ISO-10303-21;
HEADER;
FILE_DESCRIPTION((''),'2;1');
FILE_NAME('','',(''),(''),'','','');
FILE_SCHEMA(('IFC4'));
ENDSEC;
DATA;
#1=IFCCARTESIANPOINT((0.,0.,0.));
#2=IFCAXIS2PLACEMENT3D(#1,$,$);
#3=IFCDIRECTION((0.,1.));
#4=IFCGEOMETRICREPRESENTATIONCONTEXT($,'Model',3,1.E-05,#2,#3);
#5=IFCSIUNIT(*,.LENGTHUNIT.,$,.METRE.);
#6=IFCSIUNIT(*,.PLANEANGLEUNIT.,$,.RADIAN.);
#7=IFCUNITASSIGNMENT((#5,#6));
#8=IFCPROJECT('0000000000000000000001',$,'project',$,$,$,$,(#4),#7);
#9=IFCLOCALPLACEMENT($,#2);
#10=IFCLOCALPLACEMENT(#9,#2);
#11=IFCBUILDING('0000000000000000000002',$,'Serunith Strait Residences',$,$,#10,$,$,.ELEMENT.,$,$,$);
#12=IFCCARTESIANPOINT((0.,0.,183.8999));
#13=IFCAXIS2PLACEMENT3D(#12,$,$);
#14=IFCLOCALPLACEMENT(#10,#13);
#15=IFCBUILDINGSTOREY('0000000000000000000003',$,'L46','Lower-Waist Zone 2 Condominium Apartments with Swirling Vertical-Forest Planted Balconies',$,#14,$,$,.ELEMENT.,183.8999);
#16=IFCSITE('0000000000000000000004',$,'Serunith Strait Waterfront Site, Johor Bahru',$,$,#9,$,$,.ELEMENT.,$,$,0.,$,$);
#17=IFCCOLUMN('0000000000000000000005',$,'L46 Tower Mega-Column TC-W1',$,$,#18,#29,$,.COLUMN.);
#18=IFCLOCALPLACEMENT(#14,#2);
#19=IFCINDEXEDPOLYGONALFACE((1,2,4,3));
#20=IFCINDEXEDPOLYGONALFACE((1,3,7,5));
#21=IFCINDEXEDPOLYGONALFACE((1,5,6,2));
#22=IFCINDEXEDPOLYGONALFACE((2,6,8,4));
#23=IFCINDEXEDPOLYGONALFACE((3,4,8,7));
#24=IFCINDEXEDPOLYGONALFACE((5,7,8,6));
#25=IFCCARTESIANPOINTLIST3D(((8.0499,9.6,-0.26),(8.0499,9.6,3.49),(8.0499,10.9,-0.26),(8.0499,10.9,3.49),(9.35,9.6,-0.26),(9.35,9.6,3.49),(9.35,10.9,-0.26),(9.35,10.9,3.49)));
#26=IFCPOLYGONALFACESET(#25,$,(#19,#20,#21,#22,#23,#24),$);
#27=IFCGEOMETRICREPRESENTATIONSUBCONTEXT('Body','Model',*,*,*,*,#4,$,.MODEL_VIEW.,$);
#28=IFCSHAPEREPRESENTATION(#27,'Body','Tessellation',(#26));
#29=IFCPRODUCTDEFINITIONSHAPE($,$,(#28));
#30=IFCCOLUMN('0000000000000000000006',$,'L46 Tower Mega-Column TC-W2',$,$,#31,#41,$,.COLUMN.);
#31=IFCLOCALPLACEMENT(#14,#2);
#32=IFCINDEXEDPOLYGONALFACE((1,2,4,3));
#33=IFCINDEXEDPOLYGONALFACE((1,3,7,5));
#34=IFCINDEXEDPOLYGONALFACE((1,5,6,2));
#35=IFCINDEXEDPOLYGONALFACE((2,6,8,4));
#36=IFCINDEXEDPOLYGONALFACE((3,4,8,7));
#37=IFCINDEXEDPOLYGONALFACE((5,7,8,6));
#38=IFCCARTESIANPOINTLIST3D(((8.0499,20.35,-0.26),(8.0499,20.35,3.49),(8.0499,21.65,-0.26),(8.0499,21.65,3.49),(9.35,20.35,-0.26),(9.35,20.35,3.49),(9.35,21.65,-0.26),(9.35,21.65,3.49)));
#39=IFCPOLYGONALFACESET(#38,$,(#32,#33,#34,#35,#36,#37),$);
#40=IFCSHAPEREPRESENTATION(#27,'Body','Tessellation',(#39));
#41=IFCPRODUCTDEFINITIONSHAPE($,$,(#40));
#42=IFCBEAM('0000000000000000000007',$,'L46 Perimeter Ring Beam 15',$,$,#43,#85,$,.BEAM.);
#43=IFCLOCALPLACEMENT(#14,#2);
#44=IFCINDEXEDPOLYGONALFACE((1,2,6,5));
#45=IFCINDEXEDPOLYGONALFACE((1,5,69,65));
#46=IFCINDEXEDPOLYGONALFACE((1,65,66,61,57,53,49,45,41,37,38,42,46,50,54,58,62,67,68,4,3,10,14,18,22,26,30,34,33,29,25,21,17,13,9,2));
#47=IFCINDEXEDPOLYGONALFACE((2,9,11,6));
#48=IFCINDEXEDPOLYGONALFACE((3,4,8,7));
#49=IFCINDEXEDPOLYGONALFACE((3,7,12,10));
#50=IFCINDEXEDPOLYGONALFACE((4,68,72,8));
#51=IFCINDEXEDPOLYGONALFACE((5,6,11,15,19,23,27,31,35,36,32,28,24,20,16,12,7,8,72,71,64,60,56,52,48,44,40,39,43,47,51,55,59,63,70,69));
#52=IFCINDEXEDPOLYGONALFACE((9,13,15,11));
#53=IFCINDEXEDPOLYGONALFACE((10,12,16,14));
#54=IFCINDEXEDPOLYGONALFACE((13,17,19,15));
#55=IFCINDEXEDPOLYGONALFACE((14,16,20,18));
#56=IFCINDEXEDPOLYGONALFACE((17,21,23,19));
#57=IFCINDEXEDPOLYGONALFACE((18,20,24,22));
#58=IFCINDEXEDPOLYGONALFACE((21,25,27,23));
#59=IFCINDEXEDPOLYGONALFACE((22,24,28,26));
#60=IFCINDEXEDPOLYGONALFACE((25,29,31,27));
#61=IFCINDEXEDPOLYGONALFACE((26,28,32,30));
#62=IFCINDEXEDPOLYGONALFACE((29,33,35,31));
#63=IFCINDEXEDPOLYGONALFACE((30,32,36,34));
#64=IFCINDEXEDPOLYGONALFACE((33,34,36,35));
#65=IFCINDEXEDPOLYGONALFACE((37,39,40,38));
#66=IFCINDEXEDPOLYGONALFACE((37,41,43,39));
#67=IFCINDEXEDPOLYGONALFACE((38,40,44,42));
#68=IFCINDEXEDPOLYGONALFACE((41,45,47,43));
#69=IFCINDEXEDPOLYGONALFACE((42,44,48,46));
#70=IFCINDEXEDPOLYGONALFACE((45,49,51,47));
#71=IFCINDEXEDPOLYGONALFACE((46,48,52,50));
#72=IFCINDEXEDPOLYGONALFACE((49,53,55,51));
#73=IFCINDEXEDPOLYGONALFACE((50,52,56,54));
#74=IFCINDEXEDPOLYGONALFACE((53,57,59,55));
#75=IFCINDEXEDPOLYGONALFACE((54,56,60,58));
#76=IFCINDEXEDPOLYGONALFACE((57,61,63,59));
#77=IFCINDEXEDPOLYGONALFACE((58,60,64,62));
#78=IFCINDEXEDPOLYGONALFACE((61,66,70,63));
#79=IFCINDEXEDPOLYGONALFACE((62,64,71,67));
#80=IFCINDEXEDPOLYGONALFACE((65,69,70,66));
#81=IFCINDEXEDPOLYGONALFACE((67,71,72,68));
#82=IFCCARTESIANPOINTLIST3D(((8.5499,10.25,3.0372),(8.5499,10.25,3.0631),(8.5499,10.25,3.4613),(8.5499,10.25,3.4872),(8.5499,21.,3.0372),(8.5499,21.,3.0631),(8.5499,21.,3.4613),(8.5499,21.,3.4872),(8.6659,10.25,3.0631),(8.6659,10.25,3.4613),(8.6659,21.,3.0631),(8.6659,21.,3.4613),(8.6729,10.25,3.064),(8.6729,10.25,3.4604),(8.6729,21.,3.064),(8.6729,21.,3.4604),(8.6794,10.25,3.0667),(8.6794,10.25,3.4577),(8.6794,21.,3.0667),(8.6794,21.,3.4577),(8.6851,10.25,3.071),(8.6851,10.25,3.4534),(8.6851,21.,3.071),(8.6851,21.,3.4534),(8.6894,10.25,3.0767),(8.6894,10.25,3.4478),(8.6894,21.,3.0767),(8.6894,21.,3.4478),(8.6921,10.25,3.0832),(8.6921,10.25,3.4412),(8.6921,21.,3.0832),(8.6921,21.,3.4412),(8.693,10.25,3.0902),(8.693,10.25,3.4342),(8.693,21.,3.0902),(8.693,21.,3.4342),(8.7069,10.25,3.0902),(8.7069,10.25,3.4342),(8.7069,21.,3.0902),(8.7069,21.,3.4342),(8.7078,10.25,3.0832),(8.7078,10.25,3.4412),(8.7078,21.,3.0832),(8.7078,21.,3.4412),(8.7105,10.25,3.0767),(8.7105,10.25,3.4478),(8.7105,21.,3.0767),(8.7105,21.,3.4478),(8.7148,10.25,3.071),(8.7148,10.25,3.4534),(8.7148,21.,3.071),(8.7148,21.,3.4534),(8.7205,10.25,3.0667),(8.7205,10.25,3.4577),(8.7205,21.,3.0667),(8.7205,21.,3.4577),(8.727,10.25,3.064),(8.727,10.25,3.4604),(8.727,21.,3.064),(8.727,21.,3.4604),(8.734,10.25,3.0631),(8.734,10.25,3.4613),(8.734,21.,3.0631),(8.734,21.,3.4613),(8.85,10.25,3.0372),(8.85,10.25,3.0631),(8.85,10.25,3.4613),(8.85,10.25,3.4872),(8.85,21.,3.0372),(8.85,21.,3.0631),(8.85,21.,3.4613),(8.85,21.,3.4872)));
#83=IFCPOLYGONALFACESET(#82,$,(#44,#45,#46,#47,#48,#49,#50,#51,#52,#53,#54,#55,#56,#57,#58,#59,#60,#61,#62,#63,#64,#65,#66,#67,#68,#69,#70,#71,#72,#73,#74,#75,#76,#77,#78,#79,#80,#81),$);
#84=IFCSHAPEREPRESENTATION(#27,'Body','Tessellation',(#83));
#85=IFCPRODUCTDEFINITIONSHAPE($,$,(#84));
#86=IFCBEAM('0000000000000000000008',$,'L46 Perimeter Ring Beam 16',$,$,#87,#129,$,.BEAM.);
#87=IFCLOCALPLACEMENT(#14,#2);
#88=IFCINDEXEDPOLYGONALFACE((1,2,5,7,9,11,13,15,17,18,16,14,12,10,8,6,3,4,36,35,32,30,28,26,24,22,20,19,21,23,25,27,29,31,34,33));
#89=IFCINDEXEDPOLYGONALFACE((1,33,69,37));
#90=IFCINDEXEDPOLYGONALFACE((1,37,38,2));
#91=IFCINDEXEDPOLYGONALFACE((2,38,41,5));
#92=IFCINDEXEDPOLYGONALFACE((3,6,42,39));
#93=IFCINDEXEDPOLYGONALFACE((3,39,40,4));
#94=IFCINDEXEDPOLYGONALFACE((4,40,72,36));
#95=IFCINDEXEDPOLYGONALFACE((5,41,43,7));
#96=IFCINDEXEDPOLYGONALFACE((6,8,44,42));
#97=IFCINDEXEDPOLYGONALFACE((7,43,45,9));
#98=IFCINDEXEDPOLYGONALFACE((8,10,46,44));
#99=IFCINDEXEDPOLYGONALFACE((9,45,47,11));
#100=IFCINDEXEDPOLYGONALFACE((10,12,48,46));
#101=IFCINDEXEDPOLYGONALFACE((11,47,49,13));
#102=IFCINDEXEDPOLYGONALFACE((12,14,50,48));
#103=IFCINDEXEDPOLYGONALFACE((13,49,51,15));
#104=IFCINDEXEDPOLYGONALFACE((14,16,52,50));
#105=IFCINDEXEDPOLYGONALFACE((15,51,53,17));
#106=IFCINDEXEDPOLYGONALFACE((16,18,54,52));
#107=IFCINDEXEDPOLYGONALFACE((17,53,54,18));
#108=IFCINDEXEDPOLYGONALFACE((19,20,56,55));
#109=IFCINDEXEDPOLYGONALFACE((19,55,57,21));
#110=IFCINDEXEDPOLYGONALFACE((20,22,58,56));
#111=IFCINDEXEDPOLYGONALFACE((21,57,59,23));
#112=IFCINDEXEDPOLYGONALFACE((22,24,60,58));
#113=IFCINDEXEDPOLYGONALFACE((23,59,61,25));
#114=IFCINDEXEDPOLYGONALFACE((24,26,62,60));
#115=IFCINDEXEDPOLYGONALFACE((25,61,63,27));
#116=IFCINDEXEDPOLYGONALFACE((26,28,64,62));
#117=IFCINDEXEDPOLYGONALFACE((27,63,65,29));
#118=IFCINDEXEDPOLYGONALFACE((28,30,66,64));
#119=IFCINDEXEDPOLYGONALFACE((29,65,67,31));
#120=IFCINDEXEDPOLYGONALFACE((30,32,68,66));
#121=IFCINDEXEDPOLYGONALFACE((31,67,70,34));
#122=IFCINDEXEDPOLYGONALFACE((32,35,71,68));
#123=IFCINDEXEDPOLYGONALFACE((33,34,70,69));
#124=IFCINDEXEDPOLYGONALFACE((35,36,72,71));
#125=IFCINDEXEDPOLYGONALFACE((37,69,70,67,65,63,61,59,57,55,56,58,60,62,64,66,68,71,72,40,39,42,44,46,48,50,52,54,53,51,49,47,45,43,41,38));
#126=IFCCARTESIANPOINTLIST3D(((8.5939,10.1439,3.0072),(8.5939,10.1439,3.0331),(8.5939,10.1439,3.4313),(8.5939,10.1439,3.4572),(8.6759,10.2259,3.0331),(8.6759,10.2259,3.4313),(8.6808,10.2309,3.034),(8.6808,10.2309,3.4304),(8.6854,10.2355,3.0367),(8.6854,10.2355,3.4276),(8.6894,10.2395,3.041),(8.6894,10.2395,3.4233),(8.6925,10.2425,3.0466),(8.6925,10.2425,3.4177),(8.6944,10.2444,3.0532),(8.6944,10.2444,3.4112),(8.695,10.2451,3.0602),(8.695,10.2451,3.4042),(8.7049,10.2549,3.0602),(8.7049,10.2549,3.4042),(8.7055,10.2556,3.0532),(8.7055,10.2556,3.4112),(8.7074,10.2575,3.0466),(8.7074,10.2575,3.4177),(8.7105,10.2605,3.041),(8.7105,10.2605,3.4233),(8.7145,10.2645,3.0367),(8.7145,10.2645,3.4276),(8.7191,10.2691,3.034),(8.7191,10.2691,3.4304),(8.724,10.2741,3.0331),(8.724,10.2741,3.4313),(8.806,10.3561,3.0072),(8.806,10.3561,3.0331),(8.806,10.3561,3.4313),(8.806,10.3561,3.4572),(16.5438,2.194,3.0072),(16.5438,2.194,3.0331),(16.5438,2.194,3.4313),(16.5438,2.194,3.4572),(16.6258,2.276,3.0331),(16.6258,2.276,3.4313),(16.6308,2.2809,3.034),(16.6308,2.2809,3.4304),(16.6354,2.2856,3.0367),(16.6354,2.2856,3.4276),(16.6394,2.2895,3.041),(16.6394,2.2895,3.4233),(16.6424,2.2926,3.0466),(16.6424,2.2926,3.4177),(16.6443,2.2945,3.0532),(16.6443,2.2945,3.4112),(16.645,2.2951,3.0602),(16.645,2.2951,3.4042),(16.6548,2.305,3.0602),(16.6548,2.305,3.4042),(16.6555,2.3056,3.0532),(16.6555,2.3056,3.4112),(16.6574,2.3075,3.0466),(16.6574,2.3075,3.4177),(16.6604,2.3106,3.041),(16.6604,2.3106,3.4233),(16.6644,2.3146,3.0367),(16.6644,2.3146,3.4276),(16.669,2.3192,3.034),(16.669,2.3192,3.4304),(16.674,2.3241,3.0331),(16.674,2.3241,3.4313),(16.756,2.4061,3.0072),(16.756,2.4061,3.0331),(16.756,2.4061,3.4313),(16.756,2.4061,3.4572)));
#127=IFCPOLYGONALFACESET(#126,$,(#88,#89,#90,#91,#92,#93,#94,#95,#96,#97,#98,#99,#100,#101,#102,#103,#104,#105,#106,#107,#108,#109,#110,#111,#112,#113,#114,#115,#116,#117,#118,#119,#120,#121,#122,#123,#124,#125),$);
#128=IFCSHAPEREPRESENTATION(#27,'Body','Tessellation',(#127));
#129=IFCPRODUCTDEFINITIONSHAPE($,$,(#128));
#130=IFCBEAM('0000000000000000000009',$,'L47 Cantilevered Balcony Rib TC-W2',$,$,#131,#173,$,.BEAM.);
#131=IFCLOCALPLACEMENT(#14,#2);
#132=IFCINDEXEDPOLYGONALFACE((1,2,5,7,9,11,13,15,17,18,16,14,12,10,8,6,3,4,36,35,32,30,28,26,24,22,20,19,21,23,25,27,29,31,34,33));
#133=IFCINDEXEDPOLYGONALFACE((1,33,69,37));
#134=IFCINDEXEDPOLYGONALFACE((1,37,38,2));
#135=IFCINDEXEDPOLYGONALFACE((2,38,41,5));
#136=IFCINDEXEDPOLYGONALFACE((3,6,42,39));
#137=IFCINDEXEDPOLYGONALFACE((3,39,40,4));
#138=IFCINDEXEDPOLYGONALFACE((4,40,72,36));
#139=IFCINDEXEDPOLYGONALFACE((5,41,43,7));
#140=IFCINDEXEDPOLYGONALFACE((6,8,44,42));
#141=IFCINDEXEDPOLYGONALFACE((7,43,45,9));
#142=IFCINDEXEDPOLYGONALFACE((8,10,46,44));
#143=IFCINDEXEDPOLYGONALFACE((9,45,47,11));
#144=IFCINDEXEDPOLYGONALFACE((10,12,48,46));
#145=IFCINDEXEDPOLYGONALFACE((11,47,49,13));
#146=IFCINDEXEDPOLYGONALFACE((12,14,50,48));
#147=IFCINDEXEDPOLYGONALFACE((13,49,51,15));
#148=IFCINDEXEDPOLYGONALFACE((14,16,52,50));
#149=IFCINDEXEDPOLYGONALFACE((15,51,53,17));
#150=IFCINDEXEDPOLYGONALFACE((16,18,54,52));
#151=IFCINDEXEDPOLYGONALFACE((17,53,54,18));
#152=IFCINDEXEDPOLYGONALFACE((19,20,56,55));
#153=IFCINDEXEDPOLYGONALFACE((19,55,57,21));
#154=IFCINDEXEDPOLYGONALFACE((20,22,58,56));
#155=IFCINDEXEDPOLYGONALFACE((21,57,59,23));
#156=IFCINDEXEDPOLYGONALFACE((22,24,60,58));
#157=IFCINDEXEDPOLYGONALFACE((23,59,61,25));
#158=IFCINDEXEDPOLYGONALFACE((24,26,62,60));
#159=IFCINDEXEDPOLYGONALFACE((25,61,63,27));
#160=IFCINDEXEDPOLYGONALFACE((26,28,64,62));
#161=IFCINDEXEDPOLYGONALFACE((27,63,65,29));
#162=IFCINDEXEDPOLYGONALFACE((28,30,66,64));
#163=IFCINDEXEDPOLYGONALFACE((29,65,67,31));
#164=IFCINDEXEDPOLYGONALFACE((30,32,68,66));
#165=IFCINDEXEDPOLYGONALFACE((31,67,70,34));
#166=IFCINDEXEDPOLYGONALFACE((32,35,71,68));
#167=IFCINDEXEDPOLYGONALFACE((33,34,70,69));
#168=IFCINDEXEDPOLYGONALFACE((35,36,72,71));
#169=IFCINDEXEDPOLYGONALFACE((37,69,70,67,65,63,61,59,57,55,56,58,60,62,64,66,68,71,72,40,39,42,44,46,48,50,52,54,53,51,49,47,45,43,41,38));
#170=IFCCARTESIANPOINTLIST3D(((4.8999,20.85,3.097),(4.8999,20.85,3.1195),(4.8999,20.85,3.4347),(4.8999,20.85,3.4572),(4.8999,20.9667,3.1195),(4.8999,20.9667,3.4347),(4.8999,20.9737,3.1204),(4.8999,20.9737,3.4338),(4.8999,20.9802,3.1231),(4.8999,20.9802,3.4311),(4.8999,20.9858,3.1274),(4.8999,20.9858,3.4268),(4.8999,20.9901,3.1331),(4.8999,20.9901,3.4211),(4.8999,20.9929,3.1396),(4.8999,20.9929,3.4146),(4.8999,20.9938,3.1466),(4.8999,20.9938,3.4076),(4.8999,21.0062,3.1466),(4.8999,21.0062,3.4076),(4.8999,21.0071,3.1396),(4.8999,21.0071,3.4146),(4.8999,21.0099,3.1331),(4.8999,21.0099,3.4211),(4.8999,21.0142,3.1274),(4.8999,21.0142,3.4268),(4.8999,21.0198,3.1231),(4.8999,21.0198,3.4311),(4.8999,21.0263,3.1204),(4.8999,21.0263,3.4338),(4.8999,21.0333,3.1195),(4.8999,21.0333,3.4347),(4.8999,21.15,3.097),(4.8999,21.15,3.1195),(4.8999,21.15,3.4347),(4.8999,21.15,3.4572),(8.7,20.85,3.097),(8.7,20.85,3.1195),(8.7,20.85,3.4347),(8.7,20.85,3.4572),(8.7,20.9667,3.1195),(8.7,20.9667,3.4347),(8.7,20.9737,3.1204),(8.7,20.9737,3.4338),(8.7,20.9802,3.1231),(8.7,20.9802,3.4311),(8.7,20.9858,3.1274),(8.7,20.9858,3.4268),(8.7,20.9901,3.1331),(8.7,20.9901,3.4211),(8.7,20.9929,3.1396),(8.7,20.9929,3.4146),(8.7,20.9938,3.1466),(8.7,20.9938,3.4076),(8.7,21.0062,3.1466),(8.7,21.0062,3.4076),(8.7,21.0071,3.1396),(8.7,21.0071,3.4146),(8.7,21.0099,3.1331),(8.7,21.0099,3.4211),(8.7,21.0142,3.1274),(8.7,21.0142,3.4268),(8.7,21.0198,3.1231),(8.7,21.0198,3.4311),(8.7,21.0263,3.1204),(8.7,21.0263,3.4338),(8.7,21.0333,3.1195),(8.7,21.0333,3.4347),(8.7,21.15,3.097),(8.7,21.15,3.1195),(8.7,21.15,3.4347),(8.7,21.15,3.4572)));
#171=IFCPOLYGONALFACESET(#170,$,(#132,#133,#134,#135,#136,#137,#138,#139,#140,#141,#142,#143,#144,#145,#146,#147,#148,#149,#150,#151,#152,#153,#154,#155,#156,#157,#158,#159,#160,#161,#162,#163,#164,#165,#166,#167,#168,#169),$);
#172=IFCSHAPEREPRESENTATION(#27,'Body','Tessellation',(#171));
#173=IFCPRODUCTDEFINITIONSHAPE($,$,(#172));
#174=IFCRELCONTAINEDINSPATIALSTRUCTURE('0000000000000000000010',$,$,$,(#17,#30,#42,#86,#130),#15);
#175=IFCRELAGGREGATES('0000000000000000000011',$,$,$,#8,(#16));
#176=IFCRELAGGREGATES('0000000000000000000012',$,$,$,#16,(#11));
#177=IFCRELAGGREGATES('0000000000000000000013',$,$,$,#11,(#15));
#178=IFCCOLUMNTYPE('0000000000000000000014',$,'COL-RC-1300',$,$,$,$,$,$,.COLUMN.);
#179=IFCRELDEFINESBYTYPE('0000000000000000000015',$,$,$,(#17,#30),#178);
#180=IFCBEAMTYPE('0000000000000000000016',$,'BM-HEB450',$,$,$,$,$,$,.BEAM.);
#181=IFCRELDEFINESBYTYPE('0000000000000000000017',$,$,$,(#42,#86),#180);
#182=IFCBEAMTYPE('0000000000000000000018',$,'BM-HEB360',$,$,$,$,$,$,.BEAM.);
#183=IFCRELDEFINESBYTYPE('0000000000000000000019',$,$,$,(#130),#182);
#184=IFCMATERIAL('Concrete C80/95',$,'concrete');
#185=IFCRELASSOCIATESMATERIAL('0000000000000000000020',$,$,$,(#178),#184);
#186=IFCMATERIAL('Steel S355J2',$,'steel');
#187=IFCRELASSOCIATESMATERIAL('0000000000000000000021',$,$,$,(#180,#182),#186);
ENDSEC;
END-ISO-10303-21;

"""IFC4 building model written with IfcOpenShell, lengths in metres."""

from ifc_helpers import new_model, si_unit, direction, frame, origin, origin_2d, place, context, subcontext, project, spatial, rectangle, i_section, extrude, source, transform, mapped, material, material_profile, profile_set, type_object, element, save


model = new_model("IFC4")

# Units and contexts
model_context = context("Model", 3, precision=1e-05, world=origin(), true_north=direction((0.0, 1.0)))
body_context = subcontext(model_context, "Body", "Model", "MODEL_VIEW")
ifc_project = project(units=[si_unit("LENGTHUNIT", "METRE"), si_unit("PLANEANGLEUNIT", "RADIAN")], contexts=[model_context])

# Site, building, storey
site_placement = place(None, origin())
site = spatial("IfcSite", under=ifc_project, at=site_placement, Name="Serunith Strait Waterfront Site, Johor Bahru", CompositionType="ELEMENT", RefElevation=0.0)
building_placement = place(site_placement, origin())
building = spatial("IfcBuilding", under=site, at=building_placement, Name="Serunith Strait Residences", CompositionType="ELEMENT")
storey_placement = place(building_placement, frame((0.0, 0.0, 183.8999)))
storey = spatial("IfcBuildingStorey", under=building, at=storey_placement, Name="L46", Description="Lower-Waist Zone 2 Condominium Apartments with Swirling Vertical-Forest Planted Balconies", CompositionType="ELEMENT", Elevation=183.8999)

# Columns
ifc_material_1 = material(Name="Concrete C80/95", Category="concrete")
ifc_material_profile_1 = material_profile(ifc_material_1, rectangle(XDim=1.3, YDim=1.3, at=origin_2d()), Name="RC 1300x1300")
ifc_profile_set_1 = profile_set([ifc_material_profile_1], Name="Concrete C80/95")
column_type = type_object("IfcColumnType", Name="COL-RC-1300", PredefinedType="COLUMN", material=ifc_profile_set_1)
shared_shape_1 = source(origin(), body_context, "Body", "SweptSolid", [
    extrude(rectangle(XDim=1.3, YDim=1.3, at=origin_2d()), origin(), (0.0, 0.0, 1.0), 3.75),
])
for number, where, z_axis, x_axis, name in (
    (1, (8.7, 10.25, -0.26), (0.0, 0.0, 1.0), (1.0, 0.0, 0.0), "L46 Tower Mega-Column TC-W1"),
    (2, (8.7, 21.0, -0.26), (0.0, 0.0, 1.0), (1.0, 0.0, 0.0), "L46 Tower Mega-Column TC-W2"),
):
    element("IfcColumn", number, at=place(storey_placement, frame(where, z_axis=z_axis, x_axis=x_axis)), inside=storey, type_object=column_type, Name=name, PredefinedType="COLUMN", context=body_context, shape_type="MappedRepresentation", body=[
        mapped(shared_shape_1, transform((0.0, 0.0, 0.0), scale=1.0)),
    ])

# Beams
ifc_material_2 = material(Name="Steel S355J2", Category="steel")
ifc_material_profile_2 = material_profile(ifc_material_2, i_section(OverallWidth=0.3, OverallDepth=0.45, WebThickness=0.0139, FlangeThickness=0.0259, FilletRadius=0.0271, at=origin_2d()), Name="HEB 450")
ifc_profile_set_2 = profile_set([ifc_material_profile_2], Name="Steel S355J2")
beam_type_1 = type_object("IfcBeamType", Name="BM-HEB450", PredefinedType="BEAM", material=ifc_profile_set_2)
shared_shape_2 = source(origin(), body_context, "Body", "SweptSolid", [
    extrude(i_section(OverallWidth=0.3, OverallDepth=0.45, WebThickness=0.0139, FlangeThickness=0.0259, FilletRadius=0.0271, at=origin_2d()), origin(), (0.0, 0.0, 1.0), 10.75),
])
beam_1_placement = place(storey_placement, frame((8.7, 21.0, 3.2622), z_axis=(0.0, -1.0, 0.0), x_axis=(1.0, 0.0, 0.0)))
element("IfcBeam", 3, at=beam_1_placement, inside=storey, type_object=beam_type_1, Name="L46 Perimeter Ring Beam 15", PredefinedType="BEAM", context=body_context, shape_type="MappedRepresentation", body=[
    mapped(shared_shape_2, transform((0.0, 0.0, 0.0), scale=1.0)),
])
shared_shape_3 = source(origin(), body_context, "Body", "SweptSolid", [
    extrude(i_section(OverallWidth=0.3, OverallDepth=0.45, WebThickness=0.0139, FlangeThickness=0.0259, FilletRadius=0.0271, at=origin_2d()), origin(), (0.0, 0.0, 1.0), 11.2429),
])
beam_2_placement = place(storey_placement, frame((8.7, 10.25, 3.2322), z_axis=(0.707107, -0.707107, 0.0), x_axis=(0.707107, 0.707107, 0.0)))
element("IfcBeam", 4, at=beam_2_placement, inside=storey, type_object=beam_type_1, Name="L46 Perimeter Ring Beam 16", PredefinedType="BEAM", context=body_context, shape_type="MappedRepresentation", body=[
    mapped(shared_shape_3, transform((0.0, 0.0, 0.0), scale=1.0)),
])
ifc_material_profile_3 = material_profile(ifc_material_2, i_section(OverallWidth=0.3, OverallDepth=0.3601, WebThickness=0.0125, FlangeThickness=0.0225, FilletRadius=0.0271, at=origin_2d()), Name="HEB 360")
ifc_profile_set_3 = profile_set([ifc_material_profile_3], Name="Steel S355J2")
beam_type_2 = type_object("IfcBeamType", Name="BM-HEB360", PredefinedType="BEAM", material=ifc_profile_set_3)
shared_shape_4 = source(origin(), body_context, "Body", "SweptSolid", [
    extrude(i_section(OverallWidth=0.3, OverallDepth=0.3601, WebThickness=0.0125, FlangeThickness=0.0225, FilletRadius=0.0271, at=origin_2d()), origin(), (0.0, 0.0, 1.0), 3.8),
])
beam_3_placement = place(storey_placement, frame((8.7, 21.0, 3.2771), z_axis=(-1.0, 0.0, 0.0), x_axis=(0.0, -1.0, 0.0)))
element("IfcBeam", 5, at=beam_3_placement, inside=storey, type_object=beam_type_2, Name="L47 Cantilevered Balcony Rib TC-W2", PredefinedType="BEAM", context=body_context, shape_type="MappedRepresentation", body=[
    mapped(shared_shape_4, transform((0.0, 0.0, 0.0), scale=1.0)),
])

save(model, "model.ifc")
